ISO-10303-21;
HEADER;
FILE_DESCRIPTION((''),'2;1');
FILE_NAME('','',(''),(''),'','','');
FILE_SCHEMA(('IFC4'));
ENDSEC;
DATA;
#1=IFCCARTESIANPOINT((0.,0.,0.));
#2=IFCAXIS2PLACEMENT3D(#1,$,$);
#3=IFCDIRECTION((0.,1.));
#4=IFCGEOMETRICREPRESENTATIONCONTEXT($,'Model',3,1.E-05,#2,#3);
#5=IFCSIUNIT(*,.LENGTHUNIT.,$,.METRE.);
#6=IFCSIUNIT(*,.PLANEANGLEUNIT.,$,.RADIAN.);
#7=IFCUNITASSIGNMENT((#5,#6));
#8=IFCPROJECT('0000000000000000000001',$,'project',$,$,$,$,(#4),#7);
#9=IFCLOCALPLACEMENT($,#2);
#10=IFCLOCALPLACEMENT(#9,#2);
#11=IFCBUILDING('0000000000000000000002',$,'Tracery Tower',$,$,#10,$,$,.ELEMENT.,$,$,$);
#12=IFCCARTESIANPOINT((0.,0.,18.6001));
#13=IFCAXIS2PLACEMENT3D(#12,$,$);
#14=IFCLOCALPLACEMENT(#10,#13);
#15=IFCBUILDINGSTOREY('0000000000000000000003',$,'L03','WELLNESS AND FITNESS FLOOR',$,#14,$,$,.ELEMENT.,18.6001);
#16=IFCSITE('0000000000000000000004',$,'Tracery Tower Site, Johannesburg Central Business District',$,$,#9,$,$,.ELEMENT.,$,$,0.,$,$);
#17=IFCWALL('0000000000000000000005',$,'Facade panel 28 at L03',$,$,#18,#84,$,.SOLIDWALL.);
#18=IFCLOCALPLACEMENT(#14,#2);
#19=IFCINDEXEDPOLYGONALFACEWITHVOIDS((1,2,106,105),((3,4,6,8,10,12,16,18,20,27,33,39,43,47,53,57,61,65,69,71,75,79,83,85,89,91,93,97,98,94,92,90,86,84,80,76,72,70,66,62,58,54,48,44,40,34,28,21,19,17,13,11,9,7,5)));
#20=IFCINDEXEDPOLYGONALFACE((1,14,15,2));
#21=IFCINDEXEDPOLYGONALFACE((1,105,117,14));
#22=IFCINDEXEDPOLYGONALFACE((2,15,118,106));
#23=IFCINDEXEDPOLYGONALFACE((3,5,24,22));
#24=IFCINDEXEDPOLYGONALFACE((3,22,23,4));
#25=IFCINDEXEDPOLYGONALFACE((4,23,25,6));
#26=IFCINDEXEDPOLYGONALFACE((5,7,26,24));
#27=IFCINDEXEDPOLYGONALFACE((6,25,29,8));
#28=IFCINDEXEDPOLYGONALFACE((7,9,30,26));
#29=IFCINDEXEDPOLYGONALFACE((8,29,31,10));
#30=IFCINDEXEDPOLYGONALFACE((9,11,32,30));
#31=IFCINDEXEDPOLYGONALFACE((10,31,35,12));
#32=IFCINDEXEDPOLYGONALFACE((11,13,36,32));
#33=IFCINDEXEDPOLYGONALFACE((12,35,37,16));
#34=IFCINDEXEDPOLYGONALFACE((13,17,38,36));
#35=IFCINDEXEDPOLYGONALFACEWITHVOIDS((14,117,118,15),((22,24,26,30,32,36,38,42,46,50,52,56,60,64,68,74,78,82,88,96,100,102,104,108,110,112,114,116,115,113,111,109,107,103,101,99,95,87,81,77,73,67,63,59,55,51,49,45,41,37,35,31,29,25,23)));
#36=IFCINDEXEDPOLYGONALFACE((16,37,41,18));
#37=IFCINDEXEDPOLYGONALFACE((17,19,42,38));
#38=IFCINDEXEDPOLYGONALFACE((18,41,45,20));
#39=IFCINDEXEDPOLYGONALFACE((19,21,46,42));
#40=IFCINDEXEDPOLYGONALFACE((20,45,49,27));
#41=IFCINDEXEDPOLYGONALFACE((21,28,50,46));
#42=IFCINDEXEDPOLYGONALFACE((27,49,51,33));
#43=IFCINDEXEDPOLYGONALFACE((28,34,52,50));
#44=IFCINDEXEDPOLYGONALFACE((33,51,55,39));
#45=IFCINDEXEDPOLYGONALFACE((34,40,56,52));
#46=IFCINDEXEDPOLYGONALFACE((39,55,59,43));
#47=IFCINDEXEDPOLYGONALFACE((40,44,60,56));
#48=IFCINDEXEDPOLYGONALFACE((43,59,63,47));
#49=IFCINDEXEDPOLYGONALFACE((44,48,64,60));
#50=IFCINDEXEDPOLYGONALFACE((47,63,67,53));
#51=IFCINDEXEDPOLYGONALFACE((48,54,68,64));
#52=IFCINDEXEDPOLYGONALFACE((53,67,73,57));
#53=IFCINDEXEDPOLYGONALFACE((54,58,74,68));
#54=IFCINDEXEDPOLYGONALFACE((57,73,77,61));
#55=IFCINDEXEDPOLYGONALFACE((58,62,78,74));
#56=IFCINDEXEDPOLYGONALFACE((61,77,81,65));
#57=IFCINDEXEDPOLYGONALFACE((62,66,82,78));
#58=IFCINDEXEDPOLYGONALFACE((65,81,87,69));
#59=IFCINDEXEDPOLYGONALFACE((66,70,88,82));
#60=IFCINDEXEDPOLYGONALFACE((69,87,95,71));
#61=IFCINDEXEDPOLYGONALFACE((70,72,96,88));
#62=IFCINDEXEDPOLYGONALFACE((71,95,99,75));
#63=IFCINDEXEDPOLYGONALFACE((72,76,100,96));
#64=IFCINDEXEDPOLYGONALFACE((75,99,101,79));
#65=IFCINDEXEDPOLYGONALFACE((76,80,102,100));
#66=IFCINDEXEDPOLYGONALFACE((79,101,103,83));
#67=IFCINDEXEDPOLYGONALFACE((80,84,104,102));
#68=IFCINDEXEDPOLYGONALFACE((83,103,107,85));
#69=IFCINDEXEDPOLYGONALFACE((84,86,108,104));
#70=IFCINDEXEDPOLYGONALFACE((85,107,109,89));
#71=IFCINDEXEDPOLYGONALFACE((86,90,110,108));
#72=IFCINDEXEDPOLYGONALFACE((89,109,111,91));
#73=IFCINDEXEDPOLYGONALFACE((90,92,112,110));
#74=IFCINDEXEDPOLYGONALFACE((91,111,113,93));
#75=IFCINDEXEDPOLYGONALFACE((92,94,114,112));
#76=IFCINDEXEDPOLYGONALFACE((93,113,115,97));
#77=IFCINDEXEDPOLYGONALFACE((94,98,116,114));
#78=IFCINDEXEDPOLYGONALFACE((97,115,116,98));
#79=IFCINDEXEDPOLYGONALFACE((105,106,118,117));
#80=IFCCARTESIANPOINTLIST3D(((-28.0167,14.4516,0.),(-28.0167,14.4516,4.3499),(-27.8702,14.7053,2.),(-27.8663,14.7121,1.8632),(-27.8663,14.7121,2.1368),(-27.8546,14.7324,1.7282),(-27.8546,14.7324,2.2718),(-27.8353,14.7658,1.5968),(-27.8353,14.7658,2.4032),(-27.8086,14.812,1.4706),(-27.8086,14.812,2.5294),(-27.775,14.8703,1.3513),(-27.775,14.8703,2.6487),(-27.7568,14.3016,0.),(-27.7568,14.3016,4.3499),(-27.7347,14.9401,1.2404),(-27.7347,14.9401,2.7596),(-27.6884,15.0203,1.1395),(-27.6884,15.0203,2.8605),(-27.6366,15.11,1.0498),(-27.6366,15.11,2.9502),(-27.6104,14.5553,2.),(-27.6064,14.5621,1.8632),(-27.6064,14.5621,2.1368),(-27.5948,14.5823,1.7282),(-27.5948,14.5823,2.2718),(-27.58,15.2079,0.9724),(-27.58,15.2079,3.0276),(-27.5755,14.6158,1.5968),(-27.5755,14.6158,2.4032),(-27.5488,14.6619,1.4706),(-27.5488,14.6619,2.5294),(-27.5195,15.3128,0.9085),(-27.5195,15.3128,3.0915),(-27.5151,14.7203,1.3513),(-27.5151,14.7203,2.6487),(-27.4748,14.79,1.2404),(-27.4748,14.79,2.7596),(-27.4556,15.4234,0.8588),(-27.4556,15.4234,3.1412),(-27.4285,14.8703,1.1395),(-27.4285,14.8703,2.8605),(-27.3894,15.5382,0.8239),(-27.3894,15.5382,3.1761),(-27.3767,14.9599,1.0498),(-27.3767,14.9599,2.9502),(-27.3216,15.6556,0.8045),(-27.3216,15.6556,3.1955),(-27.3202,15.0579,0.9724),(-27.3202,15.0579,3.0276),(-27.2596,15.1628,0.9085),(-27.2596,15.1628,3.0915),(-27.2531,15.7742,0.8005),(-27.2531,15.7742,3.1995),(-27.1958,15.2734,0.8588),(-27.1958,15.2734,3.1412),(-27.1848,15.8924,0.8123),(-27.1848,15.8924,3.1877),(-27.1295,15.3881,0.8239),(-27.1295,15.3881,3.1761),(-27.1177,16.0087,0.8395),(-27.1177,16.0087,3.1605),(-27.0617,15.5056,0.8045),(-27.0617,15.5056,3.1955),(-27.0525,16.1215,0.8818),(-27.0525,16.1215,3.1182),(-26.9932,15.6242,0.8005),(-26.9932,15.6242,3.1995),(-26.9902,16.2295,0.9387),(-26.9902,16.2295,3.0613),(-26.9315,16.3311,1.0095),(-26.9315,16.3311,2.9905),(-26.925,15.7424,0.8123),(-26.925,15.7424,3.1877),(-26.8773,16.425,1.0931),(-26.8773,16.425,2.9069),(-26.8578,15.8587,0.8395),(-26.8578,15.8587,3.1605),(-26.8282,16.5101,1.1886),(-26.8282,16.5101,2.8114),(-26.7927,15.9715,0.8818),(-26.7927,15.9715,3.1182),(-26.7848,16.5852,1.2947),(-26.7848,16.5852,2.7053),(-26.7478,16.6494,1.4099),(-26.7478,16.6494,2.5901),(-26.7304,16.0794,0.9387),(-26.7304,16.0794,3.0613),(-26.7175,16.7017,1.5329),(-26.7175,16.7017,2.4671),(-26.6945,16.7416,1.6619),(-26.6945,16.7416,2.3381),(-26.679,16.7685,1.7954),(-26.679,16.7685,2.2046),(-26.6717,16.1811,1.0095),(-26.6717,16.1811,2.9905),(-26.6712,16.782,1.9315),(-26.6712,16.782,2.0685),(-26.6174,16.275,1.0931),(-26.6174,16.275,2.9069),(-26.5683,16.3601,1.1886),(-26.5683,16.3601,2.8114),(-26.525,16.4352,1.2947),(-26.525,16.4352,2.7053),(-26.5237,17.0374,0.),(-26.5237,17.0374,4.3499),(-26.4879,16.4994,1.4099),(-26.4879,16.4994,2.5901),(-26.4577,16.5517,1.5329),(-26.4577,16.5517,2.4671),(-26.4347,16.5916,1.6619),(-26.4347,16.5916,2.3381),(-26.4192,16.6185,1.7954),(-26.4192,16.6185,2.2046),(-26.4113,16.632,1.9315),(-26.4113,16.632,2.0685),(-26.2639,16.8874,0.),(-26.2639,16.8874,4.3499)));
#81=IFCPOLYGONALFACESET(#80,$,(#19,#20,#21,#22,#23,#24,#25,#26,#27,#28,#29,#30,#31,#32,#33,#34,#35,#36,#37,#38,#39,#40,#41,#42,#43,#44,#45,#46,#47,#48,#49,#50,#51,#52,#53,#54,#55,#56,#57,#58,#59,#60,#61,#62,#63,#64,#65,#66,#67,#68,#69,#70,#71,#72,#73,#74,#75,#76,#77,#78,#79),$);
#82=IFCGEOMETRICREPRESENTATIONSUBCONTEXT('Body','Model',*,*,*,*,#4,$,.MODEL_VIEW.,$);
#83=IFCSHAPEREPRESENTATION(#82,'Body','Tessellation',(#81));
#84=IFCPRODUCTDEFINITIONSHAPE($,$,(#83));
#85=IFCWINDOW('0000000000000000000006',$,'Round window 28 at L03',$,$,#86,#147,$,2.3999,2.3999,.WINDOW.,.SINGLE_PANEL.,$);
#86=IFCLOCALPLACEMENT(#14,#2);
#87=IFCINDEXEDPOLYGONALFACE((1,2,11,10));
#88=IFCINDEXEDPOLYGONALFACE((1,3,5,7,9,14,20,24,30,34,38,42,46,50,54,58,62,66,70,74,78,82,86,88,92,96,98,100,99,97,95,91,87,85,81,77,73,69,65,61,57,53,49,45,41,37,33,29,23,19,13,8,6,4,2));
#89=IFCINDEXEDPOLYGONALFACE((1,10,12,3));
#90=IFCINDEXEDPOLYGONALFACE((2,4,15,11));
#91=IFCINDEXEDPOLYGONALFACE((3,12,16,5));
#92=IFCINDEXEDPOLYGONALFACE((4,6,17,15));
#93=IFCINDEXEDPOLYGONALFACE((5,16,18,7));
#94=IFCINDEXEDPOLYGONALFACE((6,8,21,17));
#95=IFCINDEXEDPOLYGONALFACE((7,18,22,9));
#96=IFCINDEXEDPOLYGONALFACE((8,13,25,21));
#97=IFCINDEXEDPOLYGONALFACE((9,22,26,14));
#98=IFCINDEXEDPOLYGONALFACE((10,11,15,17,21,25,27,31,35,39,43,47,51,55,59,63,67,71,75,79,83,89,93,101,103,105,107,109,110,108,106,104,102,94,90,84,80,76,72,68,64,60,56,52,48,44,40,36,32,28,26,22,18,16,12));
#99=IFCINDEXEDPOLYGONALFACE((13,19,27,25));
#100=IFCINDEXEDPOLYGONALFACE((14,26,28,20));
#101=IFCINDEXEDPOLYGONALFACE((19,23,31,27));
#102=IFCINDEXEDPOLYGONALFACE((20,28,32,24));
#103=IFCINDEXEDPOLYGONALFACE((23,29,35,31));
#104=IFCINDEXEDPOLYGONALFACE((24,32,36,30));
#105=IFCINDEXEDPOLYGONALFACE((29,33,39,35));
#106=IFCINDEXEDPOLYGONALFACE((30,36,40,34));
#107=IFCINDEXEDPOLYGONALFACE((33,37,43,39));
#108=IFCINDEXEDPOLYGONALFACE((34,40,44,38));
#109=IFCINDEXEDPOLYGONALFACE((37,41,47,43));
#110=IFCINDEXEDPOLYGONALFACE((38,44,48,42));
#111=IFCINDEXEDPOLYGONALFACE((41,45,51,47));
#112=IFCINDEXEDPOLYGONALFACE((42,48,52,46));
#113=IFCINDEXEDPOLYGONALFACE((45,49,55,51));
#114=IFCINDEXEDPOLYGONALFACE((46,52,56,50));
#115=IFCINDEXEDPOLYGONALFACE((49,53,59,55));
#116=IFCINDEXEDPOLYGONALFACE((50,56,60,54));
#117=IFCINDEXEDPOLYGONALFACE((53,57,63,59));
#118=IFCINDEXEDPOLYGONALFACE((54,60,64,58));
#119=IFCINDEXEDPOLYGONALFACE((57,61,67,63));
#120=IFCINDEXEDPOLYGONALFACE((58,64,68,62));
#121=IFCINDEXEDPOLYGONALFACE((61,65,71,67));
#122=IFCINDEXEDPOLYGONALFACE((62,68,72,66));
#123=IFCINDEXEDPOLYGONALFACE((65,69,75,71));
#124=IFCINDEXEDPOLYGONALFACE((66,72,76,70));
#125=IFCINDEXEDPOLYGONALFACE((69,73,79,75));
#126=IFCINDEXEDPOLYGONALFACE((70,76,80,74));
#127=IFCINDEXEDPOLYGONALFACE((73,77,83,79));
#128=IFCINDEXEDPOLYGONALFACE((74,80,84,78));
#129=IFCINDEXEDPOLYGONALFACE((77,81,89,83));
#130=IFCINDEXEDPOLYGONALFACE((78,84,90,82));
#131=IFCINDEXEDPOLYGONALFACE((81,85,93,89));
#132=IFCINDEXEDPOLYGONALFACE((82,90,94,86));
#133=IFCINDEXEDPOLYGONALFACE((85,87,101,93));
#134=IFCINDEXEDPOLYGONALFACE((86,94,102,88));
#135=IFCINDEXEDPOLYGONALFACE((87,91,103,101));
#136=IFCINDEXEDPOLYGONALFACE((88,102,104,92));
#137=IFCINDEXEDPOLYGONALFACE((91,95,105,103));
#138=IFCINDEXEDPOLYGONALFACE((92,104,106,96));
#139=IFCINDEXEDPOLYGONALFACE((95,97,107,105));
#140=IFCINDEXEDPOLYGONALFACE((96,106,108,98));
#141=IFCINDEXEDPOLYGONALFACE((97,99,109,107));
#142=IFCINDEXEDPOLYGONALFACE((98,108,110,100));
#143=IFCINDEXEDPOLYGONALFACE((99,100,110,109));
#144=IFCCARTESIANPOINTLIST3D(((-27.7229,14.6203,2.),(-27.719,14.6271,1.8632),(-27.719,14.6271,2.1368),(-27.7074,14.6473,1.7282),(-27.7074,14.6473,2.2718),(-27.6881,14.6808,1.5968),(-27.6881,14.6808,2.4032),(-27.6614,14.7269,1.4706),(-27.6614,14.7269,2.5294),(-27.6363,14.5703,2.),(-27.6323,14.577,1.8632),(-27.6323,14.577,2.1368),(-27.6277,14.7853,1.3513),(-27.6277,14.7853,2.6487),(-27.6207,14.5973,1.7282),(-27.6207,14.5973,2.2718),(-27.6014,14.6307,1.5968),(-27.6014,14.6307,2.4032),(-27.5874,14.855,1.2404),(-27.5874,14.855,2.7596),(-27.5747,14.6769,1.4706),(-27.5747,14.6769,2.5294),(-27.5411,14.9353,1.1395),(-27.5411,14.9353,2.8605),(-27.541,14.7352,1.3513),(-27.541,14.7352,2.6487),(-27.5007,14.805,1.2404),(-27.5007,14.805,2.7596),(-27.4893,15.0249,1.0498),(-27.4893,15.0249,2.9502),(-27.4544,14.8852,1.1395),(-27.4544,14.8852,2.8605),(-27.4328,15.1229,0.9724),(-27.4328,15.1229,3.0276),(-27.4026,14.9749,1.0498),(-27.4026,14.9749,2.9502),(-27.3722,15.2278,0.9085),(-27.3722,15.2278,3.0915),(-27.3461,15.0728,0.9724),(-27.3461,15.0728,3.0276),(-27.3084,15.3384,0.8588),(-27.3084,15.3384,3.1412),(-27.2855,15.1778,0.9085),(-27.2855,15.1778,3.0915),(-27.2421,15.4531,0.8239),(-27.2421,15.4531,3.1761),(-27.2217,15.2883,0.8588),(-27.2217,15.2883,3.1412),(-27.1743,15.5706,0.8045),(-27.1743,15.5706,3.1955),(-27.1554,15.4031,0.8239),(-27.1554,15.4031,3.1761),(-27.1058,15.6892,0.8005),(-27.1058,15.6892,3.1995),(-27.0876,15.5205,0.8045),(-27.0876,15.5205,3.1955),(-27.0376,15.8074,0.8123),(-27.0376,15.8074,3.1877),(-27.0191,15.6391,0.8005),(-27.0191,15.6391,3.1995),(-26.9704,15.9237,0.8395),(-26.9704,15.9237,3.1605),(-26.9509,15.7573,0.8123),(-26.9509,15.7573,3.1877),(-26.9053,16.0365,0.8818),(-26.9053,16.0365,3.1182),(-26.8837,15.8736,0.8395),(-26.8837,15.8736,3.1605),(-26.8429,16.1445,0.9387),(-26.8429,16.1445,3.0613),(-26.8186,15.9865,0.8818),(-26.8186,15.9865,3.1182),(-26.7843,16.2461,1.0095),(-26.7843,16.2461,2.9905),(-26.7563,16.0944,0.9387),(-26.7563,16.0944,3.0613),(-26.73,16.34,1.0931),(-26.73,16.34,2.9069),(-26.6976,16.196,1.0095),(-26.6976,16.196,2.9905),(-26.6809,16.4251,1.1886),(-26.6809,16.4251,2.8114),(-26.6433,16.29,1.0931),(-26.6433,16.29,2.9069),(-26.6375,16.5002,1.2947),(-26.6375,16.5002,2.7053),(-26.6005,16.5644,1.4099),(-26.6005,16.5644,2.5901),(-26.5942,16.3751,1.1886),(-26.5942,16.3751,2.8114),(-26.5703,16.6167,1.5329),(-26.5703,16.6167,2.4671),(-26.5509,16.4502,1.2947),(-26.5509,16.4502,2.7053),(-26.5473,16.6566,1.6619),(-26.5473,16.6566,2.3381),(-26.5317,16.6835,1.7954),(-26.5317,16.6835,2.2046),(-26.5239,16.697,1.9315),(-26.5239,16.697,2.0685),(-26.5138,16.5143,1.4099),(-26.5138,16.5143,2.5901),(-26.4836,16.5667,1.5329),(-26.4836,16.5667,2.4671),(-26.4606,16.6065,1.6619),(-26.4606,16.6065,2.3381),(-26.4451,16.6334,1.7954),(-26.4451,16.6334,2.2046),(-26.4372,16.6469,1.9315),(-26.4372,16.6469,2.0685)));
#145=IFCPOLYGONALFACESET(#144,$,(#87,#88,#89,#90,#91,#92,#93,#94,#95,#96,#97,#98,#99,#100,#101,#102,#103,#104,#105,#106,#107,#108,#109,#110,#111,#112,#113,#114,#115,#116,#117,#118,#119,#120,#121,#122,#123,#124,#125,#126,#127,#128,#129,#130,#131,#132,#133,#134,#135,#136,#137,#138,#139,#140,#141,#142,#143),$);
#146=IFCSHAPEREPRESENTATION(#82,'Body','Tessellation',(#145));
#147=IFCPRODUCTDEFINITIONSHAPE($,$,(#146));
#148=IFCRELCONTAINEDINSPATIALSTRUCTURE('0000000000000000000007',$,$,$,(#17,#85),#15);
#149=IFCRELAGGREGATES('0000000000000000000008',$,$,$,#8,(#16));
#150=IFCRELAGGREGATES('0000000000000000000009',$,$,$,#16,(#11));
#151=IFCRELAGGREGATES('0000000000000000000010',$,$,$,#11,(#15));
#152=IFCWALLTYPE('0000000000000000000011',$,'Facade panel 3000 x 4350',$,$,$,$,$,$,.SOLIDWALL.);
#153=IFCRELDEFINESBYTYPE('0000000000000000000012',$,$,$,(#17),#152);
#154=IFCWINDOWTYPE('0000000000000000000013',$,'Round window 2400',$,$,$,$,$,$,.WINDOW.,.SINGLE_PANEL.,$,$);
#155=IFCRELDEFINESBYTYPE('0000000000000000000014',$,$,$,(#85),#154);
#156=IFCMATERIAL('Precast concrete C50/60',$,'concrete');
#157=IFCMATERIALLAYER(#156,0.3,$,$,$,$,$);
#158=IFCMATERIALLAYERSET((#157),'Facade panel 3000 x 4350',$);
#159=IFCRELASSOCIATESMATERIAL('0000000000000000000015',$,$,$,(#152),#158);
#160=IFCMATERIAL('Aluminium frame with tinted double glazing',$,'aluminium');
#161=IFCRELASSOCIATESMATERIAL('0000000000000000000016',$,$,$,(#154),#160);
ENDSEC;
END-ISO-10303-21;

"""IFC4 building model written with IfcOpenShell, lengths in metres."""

from ifc_helpers import new_model, si_unit, direction, frame, frame_2d, origin, origin_2d, place, context, subcontext, project, spatial, rectangle, circle, extrude, material, layer, layer_set, type_object, element, fill, save


model = new_model("IFC4")

# Units and contexts
model_context = context("Model", 3, precision=1e-05, world=origin(), true_north=direction((0.0, 1.0)))
body_context = subcontext(model_context, "Body", "Model", "MODEL_VIEW")
ifc_project = project(units=[si_unit("LENGTHUNIT", "METRE"), si_unit("PLANEANGLEUNIT", "RADIAN")], contexts=[model_context])

# Site, building, storey
site_placement = place(None, origin())
site = spatial("IfcSite", under=ifc_project, at=site_placement, Name="Tracery Tower Site, Johannesburg Central Business District", CompositionType="ELEMENT", RefElevation=0.0)
building_placement = place(site_placement, origin())
building = spatial("IfcBuilding", under=site, at=building_placement, Name="Tracery Tower", CompositionType="ELEMENT")
storey_placement = place(building_placement, frame((0.0, 0.0, 18.6001)))
storey = spatial("IfcBuildingStorey", under=building, at=storey_placement, Name="L03", Description="WELLNESS AND FITNESS FLOOR", CompositionType="ELEMENT", Elevation=18.6001)

# Wall, opening, window
ifc_material_1 = material(Name="Precast concrete C50/60", Category="concrete")
ifc_layer_1 = layer(ifc_material_1, 0.3)
ifc_layer_set_1 = layer_set([ifc_layer_1], Name="Facade panel 3000 x 4350")
wall_type_1 = type_object("IfcWallType", Name="Facade panel 3000 x 4350", PredefinedType="SOLIDWALL", material=ifc_layer_set_1)
ifc_material_2 = material(Name="Aluminium frame with tinted double glazing", Category="aluminium")
window_type = type_object("IfcWindowType", Name="Round window 2400", PartitioningType="SINGLE_PANEL", PredefinedType="WINDOW", material=ifc_material_2)
wall_1_placement = place(storey_placement, frame((-26.3938, 16.9624, 0.0), z_axis=(0.0, 0.0, 1.0), x_axis=(-0.500017, -0.866015, 0.0)))
wall_1 = element("IfcWall", 1, at=wall_1_placement, inside=storey, type_object=wall_type_1, Name="Facade panel 28 at L03", PredefinedType="SOLIDWALL", context=body_context, shape_type="SweptSolid", body=[
    extrude(rectangle(XDim=2.9858, YDim=0.3, at=frame_2d((1.4929, 0.0))), origin(), (0.0, 0.0, 1.0), 4.3499),
])
opening_1_placement = place(wall_1_placement, frame((1.4929, 0.0, 2.0)))
opening_1 = element("IfcOpeningElement", 2, at=opening_1_placement, cuts=wall_1, PredefinedType="OPENING", context=body_context, shape_type="SweptSolid", body=[
    extrude(circle(Radius=1.2, at=origin_2d()), frame((0.0, 0.1599, 0.0), z_axis=(0.0, -1.0, 0.0), x_axis=(1.0, 0.0, 0.0)), (0.0, 0.0, 1.0), 0.3201),
])
window_1_placement = place(opening_1_placement, origin())
window_1 = element("IfcWindow", 3, at=window_1_placement, inside=storey, type_object=window_type, Name="Round window 28 at L03", OverallHeight=2.3999, OverallWidth=2.3999, PartitioningType="SINGLE_PANEL", PredefinedType="WINDOW", context=body_context, shape_type="SweptSolid", body=[
    extrude(circle(Radius=1.2, at=origin_2d()), frame((0.0, 0.1201, 0.0), z_axis=(0.0, -1.0, 0.0), x_axis=(1.0, 0.0, 0.0)), (0.0, 0.0, 1.0), 0.1001),
])
fill(opening_1, window_1)

save(model, "model.ifc")
